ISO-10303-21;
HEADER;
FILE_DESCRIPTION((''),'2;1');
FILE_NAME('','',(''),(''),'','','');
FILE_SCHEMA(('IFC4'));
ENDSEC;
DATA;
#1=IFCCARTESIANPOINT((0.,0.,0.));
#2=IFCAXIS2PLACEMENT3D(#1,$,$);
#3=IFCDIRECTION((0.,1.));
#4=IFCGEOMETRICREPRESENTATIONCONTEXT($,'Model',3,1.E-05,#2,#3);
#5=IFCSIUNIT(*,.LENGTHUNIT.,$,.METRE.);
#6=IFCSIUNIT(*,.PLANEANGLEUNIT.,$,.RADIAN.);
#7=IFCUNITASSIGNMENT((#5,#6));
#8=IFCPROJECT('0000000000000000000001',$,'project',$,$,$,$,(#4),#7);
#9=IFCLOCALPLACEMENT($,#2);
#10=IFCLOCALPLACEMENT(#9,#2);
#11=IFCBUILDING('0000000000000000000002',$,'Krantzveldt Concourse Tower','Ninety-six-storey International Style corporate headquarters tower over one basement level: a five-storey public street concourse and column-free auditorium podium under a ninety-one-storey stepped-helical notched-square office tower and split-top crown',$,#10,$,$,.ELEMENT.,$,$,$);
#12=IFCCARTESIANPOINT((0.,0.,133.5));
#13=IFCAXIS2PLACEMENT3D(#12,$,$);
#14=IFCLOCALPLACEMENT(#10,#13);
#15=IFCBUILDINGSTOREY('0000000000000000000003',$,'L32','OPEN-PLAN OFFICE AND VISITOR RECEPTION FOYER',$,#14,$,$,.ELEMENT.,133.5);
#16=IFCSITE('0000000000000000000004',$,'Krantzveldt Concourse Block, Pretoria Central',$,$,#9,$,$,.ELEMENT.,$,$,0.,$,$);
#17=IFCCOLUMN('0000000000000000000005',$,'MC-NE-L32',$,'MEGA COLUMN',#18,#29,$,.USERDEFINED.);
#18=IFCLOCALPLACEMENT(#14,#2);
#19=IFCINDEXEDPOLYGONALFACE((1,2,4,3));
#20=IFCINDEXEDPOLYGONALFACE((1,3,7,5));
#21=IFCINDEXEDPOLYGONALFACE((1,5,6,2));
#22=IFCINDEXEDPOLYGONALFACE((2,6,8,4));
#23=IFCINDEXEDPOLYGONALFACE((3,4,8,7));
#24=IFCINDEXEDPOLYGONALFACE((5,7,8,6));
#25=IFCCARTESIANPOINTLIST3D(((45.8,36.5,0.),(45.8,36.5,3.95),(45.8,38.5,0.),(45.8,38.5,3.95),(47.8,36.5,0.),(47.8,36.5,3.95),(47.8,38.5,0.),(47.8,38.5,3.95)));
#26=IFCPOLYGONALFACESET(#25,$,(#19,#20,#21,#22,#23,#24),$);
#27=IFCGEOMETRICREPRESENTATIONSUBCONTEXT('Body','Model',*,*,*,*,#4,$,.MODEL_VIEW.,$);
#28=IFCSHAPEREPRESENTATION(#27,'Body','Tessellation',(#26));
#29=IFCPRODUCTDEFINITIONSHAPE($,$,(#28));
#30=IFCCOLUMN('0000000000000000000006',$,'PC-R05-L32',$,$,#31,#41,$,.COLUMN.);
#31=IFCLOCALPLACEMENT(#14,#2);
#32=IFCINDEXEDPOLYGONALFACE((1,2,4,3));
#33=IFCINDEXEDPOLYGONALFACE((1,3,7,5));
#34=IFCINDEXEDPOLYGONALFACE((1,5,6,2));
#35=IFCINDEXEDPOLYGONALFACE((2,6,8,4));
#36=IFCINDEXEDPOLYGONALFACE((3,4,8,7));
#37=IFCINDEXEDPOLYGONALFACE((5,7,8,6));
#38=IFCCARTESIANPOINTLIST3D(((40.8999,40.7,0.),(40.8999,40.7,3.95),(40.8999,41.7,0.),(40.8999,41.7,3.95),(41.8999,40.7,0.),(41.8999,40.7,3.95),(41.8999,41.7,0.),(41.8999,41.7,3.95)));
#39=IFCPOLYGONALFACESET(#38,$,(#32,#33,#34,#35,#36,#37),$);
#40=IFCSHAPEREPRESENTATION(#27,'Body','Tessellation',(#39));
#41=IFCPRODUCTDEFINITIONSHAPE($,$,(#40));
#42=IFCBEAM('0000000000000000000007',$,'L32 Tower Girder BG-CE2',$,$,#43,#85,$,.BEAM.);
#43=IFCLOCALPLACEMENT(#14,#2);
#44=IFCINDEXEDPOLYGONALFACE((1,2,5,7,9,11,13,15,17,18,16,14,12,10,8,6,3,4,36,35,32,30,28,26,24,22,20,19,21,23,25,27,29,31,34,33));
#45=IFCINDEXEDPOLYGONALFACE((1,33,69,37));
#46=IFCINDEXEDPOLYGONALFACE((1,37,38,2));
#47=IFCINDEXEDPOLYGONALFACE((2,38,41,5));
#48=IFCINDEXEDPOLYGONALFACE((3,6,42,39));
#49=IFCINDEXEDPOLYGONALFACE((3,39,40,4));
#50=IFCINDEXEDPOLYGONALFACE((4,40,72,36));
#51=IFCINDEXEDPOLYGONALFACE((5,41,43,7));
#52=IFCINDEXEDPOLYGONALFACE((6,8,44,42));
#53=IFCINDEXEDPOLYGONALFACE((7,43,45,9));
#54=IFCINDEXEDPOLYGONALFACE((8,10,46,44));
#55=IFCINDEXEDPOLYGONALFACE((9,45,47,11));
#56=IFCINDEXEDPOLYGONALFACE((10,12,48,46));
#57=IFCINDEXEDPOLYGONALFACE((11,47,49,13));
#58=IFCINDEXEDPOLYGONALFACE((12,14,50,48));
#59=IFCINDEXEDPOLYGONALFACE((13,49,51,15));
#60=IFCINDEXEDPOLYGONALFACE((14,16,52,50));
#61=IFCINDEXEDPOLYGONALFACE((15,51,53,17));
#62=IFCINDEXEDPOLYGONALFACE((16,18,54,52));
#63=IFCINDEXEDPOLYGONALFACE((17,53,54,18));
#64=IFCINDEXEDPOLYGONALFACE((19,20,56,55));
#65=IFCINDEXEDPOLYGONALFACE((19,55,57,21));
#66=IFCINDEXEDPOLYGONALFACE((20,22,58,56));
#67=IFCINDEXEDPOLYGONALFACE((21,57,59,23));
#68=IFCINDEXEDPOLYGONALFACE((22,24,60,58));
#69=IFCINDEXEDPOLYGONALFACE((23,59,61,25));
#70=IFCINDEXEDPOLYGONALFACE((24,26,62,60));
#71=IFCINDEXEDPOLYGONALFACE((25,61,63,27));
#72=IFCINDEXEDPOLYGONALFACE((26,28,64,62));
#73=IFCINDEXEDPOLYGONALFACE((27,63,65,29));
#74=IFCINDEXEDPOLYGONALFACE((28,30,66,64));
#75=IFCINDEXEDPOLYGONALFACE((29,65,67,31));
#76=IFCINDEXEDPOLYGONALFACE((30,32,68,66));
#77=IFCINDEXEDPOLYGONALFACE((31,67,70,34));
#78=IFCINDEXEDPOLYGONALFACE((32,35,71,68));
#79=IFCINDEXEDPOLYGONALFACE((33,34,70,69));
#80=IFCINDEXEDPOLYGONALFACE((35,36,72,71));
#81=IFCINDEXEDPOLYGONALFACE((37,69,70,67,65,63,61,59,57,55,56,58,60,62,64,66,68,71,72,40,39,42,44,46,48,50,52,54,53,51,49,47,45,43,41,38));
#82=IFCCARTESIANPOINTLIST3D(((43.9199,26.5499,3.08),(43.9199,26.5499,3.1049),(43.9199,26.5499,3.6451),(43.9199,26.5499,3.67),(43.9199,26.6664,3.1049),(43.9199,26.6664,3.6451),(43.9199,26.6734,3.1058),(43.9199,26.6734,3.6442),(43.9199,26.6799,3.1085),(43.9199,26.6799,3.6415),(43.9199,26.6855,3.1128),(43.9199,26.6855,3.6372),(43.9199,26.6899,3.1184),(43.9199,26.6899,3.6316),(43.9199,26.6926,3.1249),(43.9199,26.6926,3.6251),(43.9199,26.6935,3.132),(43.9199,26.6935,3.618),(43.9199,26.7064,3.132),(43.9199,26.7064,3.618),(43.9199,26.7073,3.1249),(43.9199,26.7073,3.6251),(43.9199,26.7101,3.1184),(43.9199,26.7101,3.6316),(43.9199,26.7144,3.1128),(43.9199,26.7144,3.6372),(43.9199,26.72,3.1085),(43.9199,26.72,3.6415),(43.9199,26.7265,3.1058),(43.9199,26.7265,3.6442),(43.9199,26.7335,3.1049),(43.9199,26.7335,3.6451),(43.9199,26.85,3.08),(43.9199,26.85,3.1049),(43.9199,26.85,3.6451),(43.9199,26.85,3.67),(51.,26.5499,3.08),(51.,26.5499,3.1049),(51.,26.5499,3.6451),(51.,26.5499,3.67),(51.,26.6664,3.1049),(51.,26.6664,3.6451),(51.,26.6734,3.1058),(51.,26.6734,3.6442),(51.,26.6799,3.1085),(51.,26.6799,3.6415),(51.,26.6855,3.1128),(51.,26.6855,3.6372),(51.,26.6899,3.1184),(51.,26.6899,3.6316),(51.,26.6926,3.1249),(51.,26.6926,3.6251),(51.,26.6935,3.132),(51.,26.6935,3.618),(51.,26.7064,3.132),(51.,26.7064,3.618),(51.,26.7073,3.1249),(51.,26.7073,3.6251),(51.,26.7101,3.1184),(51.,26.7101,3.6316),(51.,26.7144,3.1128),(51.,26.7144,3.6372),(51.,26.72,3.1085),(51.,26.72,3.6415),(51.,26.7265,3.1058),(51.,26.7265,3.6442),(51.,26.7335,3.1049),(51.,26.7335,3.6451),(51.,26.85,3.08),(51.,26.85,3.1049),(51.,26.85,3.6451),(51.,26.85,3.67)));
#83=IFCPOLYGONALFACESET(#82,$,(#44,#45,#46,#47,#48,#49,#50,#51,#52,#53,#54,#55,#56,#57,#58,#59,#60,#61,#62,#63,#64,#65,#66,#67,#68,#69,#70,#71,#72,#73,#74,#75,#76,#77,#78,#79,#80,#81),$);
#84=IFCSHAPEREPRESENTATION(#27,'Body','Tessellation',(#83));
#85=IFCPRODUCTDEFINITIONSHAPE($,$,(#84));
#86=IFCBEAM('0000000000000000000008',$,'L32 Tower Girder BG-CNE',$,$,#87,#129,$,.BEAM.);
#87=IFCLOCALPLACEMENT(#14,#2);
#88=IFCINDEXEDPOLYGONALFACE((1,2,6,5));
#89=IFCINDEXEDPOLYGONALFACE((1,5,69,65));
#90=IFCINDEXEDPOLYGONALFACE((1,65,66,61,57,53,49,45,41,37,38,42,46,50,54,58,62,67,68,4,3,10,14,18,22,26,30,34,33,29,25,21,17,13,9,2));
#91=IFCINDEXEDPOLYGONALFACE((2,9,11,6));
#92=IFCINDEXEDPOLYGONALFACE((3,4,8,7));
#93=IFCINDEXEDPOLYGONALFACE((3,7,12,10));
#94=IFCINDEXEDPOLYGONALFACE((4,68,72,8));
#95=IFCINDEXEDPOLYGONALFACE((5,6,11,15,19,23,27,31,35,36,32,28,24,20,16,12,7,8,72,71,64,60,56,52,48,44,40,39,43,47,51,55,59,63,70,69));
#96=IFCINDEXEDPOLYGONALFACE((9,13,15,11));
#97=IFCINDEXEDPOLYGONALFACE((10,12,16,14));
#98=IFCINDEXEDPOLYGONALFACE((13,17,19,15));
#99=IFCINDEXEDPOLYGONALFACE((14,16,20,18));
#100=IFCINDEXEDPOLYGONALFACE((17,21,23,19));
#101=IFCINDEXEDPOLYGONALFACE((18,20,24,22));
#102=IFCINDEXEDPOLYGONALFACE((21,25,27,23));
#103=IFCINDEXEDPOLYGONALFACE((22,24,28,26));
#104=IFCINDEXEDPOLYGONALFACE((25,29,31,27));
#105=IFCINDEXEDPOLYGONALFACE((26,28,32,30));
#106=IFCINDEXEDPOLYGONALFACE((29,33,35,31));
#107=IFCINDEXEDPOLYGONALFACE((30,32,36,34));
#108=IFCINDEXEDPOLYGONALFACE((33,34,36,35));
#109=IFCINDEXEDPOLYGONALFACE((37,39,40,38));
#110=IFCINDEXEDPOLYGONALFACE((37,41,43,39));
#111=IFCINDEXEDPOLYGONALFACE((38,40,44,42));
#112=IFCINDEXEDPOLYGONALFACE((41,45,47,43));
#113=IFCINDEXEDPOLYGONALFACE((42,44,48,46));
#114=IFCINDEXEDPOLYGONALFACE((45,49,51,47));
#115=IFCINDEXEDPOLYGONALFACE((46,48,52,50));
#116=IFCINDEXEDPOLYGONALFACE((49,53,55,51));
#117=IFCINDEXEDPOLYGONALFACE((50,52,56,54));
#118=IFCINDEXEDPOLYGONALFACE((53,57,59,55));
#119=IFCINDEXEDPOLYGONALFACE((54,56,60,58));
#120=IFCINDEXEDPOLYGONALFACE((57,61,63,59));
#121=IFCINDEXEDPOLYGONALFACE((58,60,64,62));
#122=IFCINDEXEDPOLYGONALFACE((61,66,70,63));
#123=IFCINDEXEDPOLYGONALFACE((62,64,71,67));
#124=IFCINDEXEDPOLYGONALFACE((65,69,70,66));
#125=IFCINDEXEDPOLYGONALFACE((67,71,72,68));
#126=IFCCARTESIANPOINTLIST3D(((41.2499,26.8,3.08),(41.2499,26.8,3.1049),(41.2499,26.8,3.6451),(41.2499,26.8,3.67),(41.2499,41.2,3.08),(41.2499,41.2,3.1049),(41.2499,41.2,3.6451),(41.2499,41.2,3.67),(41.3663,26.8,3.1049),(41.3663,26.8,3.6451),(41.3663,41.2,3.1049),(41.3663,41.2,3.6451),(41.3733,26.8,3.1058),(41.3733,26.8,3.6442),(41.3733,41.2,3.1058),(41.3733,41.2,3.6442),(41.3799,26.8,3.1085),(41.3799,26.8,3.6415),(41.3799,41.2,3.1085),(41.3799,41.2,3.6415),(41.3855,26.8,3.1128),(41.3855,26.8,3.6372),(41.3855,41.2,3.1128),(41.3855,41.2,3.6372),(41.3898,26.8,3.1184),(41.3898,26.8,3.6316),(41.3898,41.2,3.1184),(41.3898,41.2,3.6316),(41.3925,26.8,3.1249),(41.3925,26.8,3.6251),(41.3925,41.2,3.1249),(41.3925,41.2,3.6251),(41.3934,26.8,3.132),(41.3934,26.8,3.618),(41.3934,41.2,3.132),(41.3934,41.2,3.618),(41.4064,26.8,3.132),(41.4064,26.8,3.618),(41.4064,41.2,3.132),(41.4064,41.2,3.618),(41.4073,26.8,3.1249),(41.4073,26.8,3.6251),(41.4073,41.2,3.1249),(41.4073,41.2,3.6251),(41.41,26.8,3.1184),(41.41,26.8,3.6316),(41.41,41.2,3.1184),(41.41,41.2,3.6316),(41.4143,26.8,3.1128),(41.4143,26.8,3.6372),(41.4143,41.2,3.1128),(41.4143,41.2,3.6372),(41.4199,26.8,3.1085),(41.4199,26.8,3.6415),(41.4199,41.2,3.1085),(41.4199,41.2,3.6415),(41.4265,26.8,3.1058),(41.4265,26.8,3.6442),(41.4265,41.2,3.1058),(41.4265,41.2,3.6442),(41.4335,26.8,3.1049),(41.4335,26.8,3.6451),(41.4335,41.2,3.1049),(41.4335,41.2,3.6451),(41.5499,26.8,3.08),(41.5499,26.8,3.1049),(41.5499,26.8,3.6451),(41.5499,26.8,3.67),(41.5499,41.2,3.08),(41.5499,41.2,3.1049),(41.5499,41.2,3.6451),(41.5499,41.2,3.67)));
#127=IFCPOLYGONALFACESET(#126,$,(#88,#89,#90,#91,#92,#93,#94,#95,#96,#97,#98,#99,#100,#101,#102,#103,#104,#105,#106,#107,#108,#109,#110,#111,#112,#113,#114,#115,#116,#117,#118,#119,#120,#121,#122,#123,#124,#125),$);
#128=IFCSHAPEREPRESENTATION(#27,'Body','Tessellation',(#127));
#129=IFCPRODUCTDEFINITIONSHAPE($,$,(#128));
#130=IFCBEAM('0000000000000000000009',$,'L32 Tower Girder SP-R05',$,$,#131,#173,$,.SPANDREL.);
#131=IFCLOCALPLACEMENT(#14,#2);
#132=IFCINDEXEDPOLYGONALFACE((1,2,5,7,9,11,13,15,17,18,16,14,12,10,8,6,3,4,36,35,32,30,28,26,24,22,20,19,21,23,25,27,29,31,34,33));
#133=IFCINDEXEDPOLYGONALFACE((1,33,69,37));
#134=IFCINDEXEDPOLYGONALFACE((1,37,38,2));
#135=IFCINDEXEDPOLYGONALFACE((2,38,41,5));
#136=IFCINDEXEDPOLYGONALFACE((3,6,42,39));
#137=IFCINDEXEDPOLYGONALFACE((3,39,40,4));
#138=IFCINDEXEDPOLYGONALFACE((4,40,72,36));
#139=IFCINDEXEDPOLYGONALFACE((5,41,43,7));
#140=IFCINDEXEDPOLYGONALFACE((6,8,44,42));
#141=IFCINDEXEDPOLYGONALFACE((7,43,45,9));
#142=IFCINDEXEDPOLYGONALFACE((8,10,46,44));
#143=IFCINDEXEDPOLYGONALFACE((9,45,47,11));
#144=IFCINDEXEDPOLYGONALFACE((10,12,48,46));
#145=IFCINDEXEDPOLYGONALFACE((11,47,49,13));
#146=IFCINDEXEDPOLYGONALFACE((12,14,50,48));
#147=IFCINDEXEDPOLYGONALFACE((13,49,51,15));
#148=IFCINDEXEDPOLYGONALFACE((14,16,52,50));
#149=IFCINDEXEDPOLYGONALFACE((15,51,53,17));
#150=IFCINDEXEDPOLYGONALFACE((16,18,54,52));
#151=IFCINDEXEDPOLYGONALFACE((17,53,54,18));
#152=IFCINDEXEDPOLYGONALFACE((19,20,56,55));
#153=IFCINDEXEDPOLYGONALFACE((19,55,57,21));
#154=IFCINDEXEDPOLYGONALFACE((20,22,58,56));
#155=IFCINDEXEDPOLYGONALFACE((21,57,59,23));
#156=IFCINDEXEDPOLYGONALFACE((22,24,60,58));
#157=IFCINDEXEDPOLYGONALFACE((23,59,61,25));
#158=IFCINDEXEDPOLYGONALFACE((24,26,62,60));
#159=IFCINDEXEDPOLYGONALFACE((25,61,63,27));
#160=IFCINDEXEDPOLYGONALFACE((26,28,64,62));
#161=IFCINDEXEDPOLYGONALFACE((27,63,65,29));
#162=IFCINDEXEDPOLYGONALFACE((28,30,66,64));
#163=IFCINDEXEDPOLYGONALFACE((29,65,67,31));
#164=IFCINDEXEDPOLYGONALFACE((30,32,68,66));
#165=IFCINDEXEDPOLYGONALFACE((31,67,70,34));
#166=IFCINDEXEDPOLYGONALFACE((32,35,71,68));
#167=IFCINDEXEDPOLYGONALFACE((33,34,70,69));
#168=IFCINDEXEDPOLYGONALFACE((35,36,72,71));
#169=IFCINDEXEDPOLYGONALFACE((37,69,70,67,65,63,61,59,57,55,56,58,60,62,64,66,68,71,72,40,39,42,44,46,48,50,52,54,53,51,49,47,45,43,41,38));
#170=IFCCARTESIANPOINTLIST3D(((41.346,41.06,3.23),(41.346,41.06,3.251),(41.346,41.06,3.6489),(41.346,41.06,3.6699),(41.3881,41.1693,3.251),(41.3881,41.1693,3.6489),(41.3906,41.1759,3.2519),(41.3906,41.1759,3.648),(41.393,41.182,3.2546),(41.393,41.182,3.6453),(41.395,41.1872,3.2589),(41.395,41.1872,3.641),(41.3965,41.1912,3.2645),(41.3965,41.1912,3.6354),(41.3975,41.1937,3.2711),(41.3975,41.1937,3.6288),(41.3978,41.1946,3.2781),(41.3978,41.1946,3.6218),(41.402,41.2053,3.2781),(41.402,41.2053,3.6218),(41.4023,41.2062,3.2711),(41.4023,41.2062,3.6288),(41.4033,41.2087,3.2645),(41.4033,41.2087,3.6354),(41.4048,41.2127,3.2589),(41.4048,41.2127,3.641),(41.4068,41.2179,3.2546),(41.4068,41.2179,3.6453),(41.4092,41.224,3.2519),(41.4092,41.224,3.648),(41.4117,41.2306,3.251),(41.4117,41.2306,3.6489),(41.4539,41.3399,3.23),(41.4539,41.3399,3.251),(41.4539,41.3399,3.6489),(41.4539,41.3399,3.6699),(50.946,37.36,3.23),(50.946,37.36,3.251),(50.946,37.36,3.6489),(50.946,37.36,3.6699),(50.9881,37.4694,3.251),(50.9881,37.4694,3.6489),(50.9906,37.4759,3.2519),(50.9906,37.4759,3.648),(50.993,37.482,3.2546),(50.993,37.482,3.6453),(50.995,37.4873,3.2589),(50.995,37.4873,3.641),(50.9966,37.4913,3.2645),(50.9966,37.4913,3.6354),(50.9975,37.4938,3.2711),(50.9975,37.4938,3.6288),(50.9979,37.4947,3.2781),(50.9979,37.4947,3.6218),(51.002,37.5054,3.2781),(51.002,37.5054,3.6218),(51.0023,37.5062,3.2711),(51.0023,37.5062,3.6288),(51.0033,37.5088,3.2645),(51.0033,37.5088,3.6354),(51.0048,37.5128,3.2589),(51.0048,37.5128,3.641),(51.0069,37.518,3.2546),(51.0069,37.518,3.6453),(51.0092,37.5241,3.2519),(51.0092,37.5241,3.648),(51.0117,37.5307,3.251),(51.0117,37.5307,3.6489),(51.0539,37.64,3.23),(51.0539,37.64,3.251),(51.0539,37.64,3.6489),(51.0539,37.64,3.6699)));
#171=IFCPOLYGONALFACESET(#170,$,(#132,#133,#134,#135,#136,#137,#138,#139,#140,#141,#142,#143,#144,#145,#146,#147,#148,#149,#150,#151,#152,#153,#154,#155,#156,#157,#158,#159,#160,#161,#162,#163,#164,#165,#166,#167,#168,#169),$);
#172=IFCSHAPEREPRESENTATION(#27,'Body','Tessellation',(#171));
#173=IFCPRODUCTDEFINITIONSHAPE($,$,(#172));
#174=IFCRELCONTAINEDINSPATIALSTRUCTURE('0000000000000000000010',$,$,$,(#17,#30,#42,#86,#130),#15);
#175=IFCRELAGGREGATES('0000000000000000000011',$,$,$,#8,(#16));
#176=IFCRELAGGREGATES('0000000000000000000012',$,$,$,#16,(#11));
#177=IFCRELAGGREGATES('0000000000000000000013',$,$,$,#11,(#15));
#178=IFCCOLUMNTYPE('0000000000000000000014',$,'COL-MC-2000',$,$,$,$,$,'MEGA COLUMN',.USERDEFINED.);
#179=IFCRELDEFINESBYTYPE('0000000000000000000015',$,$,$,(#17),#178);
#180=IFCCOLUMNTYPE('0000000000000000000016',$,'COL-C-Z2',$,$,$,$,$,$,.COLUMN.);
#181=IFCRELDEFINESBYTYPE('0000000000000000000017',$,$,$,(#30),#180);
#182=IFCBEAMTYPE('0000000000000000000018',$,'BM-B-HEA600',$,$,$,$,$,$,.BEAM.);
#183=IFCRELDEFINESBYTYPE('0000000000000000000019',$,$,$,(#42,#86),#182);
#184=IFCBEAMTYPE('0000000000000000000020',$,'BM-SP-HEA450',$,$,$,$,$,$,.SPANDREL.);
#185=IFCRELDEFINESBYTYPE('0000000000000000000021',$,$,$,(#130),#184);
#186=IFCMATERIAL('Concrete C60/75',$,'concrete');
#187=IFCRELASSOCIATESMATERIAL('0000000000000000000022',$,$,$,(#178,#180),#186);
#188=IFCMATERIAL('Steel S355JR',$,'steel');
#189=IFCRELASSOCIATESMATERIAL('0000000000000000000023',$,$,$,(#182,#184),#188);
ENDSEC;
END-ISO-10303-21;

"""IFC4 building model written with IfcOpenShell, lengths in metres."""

from ifc_helpers import new_model, si_unit, direction, frame, origin, origin_2d, place, context, subcontext, project, spatial, rectangle, i_section, extrude, source, transform, mapped, material, material_profile, profile_set, type_object, type_shapes, element, save


model = new_model("IFC4")

# Units and contexts
model_context = context("Model", 3, precision=1e-05, world=origin(), true_north=direction((0.0, 1.0)))
body_context = subcontext(model_context, "Body", "Model", "MODEL_VIEW")
ifc_project = project(units=[si_unit("LENGTHUNIT", "METRE"), si_unit("PLANEANGLEUNIT", "RADIAN")], contexts=[model_context])

# Site, building, storey
site_placement = place(None, origin())
site = spatial("IfcSite", under=ifc_project, at=site_placement, Name="Krantzveldt Concourse Block, Pretoria Central", CompositionType="ELEMENT", RefElevation=0.0)
building_placement = place(site_placement, origin())
building = spatial("IfcBuilding", under=site, at=building_placement, Name="Krantzveldt Concourse Tower", Description="Ninety-six-storey International Style corporate headquarters tower over one basement level: a five-storey public street concourse and column-free auditorium podium under a ninety-one-storey stepped-helical notched-square office tower and split-top crown", CompositionType="ELEMENT")
storey_placement = place(building_placement, frame((0.0, 0.0, 133.5)))
storey = spatial("IfcBuildingStorey", under=building, at=storey_placement, Name="L32", Description="OPEN-PLAN OFFICE AND VISITOR RECEPTION FOYER", CompositionType="ELEMENT", Elevation=133.5)

# Columns
ifc_material_1 = material(Name="Concrete C60/75", Category="concrete")
ifc_material_profile_1 = material_profile(ifc_material_1, rectangle(XDim=2.0, YDim=2.0, at=origin_2d()), Name="Concrete C60/75", Category="concrete")
ifc_profile_set_1 = profile_set([ifc_material_profile_1], Name="Concrete C60/75 - RC 2000x2000")
column_type_1 = type_object("IfcColumnType", Name="COL-MC-2000", ElementType="MEGA COLUMN", PredefinedType="USERDEFINED", material=ifc_profile_set_1)
shared_shape_1 = source(origin(), body_context, "Body", "SweptSolid", [
    extrude(rectangle(XDim=2.0, YDim=2.0, at=origin_2d()), origin(), (0.0, 0.0, 1.0), 3.95),
])
type_shapes(column_type_1, [shared_shape_1])
column_1_placement = place(storey_placement, frame((46.8, 37.5, 0.0), z_axis=(0.0, 0.0, 1.0), x_axis=(1.0, 0.0, 0.0)))
element("IfcColumn", 1, at=column_1_placement, inside=storey, type_object=column_type_1, Name="MC-NE-L32", ObjectType="MEGA COLUMN", PredefinedType="USERDEFINED", context=body_context, shape_type="MappedRepresentation", body=[
    mapped(shared_shape_1, transform((0.0, 0.0, 0.0), x_axis=(1.0, 0.0, 0.0), y_axis=(0.0, 1.0, 0.0), z_axis=(0.0, 0.0, 1.0), scale=1.0)),
])
ifc_material_profile_2 = material_profile(ifc_material_1, rectangle(XDim=1.0, YDim=1.0, at=origin_2d()), Name="Concrete C60/75", Category="concrete")
ifc_profile_set_2 = profile_set([ifc_material_profile_2], Name="Concrete C60/75 - RC 1000x1000")
column_type_2 = type_object("IfcColumnType", Name="COL-C-Z2", PredefinedType="COLUMN", material=ifc_profile_set_2)
shared_shape_2 = source(origin(), body_context, "Body", "SweptSolid", [
    extrude(rectangle(XDim=1.0, YDim=1.0, at=origin_2d()), origin(), (0.0, 0.0, 1.0), 3.95),
])
type_shapes(column_type_2, [shared_shape_2])
column_2_placement = place(storey_placement, frame((41.3999, 41.2, 0.0), z_axis=(0.0, 0.0, 1.0), x_axis=(1.0, 0.0, 0.0)))
element("IfcColumn", 2, at=column_2_placement, inside=storey, type_object=column_type_2, Name="PC-R05-L32", PredefinedType="COLUMN", context=body_context, shape_type="MappedRepresentation", body=[
    mapped(shared_shape_2, transform((0.0, 0.0, 0.0), x_axis=(1.0, 0.0, 0.0), y_axis=(0.0, 1.0, 0.0), z_axis=(0.0, 0.0, 1.0), scale=1.0)),
])

# Beams
ifc_material_2 = material(Name="Steel S355JR", Category="steel")
ifc_material_profile_3 = material_profile(ifc_material_2, i_section(OverallWidth=0.3, OverallDepth=0.5901, WebThickness=0.0129, FlangeThickness=0.0249, FilletRadius=0.0271, at=origin_2d()), Name="Steel S355JR", Category="steel")
ifc_profile_set_3 = profile_set([ifc_material_profile_3], Name="Steel S355JR - HEA 600")
beam_type_1 = type_object("IfcBeamType", Name="BM-B-HEA600", PredefinedType="BEAM", material=ifc_profile_set_3)
shared_shape_3 = source(origin(), body_context, "Body", "SweptSolid", [
    extrude(i_section(OverallWidth=0.3, OverallDepth=0.5901, WebThickness=0.0129, FlangeThickness=0.0249, FilletRadius=0.0271, at=origin_2d()), origin(), (0.0, 0.0, 1.0), 7.0801),
])
beam_1_placement = place(storey_placement, frame((43.9199, 26.7, 3.375), z_axis=(1.0, 0.0, 0.0), x_axis=(0.0, 1.0, 0.0)))
element("IfcBeam", 3, at=beam_1_placement, inside=storey, type_object=beam_type_1, Name="L32 Tower Girder BG-CE2", PredefinedType="BEAM", context=body_context, shape_type="MappedRepresentation", body=[
    mapped(shared_shape_3, transform((0.0, 0.0, 0.0), x_axis=(1.0, 0.0, 0.0), y_axis=(0.0, 1.0, 0.0), z_axis=(0.0, 0.0, 1.0), scale=1.0)),
])
shared_shape_4 = source(origin(), body_context, "Body", "SweptSolid", [
    extrude(i_section(OverallWidth=0.3, OverallDepth=0.5901, WebThickness=0.0129, FlangeThickness=0.0249, FilletRadius=0.0271, at=origin_2d()), origin(), (0.0, 0.0, 1.0), 14.3999),
])
type_shapes(beam_type_1, [shared_shape_3, shared_shape_4])
beam_2_placement = place(storey_placement, frame((41.3999, 26.8, 3.375), z_axis=(0.0, 1.0, 0.0), x_axis=(-1.0, 0.0, 0.0)))
element("IfcBeam", 4, at=beam_2_placement, inside=storey, type_object=beam_type_1, Name="L32 Tower Girder BG-CNE", PredefinedType="BEAM", context=body_context, shape_type="MappedRepresentation", body=[
    mapped(shared_shape_4, transform((0.0, 0.0, 0.0), x_axis=(1.0, 0.0, 0.0), y_axis=(0.0, 1.0, 0.0), z_axis=(0.0, 0.0, 1.0), scale=1.0)),
])
ifc_material_profile_4 = material_profile(ifc_material_2, i_section(OverallWidth=0.3, OverallDepth=0.4399, WebThickness=0.0115, FlangeThickness=0.021, FilletRadius=0.0271, at=origin_2d()), Name="Steel S355JR", Category="steel")
ifc_profile_set_4 = profile_set([ifc_material_profile_4], Name="Steel S355JR - HEA 450")
beam_type_2 = type_object("IfcBeamType", Name="BM-SP-HEA450", PredefinedType="SPANDREL", material=ifc_profile_set_4)
shared_shape_5 = source(origin(), body_context, "Body", "SweptSolid", [
    extrude(i_section(OverallWidth=0.3, OverallDepth=0.4399, WebThickness=0.0115, FlangeThickness=0.021, FilletRadius=0.0271, at=origin_2d()), origin(), (0.0, 0.0, 1.0), 10.2883),
])
type_shapes(beam_type_2, [shared_shape_5])
beam_3_placement = place(storey_placement, frame((41.3999, 41.2, 3.45), z_axis=(0.933098, -0.359623, 0.0), x_axis=(0.359623, 0.933098, 0.0)))
element("IfcBeam", 5, at=beam_3_placement, inside=storey, type_object=beam_type_2, Name="L32 Tower Girder SP-R05", PredefinedType="SPANDREL", context=body_context, shape_type="MappedRepresentation", body=[
    mapped(shared_shape_5, transform((0.0, 0.0, 0.0), x_axis=(1.0, 0.0, 0.0), y_axis=(0.0, 1.0, 0.0), z_axis=(0.0, 0.0, 1.0), scale=1.0)),
])

save(model, "model.ifc")
